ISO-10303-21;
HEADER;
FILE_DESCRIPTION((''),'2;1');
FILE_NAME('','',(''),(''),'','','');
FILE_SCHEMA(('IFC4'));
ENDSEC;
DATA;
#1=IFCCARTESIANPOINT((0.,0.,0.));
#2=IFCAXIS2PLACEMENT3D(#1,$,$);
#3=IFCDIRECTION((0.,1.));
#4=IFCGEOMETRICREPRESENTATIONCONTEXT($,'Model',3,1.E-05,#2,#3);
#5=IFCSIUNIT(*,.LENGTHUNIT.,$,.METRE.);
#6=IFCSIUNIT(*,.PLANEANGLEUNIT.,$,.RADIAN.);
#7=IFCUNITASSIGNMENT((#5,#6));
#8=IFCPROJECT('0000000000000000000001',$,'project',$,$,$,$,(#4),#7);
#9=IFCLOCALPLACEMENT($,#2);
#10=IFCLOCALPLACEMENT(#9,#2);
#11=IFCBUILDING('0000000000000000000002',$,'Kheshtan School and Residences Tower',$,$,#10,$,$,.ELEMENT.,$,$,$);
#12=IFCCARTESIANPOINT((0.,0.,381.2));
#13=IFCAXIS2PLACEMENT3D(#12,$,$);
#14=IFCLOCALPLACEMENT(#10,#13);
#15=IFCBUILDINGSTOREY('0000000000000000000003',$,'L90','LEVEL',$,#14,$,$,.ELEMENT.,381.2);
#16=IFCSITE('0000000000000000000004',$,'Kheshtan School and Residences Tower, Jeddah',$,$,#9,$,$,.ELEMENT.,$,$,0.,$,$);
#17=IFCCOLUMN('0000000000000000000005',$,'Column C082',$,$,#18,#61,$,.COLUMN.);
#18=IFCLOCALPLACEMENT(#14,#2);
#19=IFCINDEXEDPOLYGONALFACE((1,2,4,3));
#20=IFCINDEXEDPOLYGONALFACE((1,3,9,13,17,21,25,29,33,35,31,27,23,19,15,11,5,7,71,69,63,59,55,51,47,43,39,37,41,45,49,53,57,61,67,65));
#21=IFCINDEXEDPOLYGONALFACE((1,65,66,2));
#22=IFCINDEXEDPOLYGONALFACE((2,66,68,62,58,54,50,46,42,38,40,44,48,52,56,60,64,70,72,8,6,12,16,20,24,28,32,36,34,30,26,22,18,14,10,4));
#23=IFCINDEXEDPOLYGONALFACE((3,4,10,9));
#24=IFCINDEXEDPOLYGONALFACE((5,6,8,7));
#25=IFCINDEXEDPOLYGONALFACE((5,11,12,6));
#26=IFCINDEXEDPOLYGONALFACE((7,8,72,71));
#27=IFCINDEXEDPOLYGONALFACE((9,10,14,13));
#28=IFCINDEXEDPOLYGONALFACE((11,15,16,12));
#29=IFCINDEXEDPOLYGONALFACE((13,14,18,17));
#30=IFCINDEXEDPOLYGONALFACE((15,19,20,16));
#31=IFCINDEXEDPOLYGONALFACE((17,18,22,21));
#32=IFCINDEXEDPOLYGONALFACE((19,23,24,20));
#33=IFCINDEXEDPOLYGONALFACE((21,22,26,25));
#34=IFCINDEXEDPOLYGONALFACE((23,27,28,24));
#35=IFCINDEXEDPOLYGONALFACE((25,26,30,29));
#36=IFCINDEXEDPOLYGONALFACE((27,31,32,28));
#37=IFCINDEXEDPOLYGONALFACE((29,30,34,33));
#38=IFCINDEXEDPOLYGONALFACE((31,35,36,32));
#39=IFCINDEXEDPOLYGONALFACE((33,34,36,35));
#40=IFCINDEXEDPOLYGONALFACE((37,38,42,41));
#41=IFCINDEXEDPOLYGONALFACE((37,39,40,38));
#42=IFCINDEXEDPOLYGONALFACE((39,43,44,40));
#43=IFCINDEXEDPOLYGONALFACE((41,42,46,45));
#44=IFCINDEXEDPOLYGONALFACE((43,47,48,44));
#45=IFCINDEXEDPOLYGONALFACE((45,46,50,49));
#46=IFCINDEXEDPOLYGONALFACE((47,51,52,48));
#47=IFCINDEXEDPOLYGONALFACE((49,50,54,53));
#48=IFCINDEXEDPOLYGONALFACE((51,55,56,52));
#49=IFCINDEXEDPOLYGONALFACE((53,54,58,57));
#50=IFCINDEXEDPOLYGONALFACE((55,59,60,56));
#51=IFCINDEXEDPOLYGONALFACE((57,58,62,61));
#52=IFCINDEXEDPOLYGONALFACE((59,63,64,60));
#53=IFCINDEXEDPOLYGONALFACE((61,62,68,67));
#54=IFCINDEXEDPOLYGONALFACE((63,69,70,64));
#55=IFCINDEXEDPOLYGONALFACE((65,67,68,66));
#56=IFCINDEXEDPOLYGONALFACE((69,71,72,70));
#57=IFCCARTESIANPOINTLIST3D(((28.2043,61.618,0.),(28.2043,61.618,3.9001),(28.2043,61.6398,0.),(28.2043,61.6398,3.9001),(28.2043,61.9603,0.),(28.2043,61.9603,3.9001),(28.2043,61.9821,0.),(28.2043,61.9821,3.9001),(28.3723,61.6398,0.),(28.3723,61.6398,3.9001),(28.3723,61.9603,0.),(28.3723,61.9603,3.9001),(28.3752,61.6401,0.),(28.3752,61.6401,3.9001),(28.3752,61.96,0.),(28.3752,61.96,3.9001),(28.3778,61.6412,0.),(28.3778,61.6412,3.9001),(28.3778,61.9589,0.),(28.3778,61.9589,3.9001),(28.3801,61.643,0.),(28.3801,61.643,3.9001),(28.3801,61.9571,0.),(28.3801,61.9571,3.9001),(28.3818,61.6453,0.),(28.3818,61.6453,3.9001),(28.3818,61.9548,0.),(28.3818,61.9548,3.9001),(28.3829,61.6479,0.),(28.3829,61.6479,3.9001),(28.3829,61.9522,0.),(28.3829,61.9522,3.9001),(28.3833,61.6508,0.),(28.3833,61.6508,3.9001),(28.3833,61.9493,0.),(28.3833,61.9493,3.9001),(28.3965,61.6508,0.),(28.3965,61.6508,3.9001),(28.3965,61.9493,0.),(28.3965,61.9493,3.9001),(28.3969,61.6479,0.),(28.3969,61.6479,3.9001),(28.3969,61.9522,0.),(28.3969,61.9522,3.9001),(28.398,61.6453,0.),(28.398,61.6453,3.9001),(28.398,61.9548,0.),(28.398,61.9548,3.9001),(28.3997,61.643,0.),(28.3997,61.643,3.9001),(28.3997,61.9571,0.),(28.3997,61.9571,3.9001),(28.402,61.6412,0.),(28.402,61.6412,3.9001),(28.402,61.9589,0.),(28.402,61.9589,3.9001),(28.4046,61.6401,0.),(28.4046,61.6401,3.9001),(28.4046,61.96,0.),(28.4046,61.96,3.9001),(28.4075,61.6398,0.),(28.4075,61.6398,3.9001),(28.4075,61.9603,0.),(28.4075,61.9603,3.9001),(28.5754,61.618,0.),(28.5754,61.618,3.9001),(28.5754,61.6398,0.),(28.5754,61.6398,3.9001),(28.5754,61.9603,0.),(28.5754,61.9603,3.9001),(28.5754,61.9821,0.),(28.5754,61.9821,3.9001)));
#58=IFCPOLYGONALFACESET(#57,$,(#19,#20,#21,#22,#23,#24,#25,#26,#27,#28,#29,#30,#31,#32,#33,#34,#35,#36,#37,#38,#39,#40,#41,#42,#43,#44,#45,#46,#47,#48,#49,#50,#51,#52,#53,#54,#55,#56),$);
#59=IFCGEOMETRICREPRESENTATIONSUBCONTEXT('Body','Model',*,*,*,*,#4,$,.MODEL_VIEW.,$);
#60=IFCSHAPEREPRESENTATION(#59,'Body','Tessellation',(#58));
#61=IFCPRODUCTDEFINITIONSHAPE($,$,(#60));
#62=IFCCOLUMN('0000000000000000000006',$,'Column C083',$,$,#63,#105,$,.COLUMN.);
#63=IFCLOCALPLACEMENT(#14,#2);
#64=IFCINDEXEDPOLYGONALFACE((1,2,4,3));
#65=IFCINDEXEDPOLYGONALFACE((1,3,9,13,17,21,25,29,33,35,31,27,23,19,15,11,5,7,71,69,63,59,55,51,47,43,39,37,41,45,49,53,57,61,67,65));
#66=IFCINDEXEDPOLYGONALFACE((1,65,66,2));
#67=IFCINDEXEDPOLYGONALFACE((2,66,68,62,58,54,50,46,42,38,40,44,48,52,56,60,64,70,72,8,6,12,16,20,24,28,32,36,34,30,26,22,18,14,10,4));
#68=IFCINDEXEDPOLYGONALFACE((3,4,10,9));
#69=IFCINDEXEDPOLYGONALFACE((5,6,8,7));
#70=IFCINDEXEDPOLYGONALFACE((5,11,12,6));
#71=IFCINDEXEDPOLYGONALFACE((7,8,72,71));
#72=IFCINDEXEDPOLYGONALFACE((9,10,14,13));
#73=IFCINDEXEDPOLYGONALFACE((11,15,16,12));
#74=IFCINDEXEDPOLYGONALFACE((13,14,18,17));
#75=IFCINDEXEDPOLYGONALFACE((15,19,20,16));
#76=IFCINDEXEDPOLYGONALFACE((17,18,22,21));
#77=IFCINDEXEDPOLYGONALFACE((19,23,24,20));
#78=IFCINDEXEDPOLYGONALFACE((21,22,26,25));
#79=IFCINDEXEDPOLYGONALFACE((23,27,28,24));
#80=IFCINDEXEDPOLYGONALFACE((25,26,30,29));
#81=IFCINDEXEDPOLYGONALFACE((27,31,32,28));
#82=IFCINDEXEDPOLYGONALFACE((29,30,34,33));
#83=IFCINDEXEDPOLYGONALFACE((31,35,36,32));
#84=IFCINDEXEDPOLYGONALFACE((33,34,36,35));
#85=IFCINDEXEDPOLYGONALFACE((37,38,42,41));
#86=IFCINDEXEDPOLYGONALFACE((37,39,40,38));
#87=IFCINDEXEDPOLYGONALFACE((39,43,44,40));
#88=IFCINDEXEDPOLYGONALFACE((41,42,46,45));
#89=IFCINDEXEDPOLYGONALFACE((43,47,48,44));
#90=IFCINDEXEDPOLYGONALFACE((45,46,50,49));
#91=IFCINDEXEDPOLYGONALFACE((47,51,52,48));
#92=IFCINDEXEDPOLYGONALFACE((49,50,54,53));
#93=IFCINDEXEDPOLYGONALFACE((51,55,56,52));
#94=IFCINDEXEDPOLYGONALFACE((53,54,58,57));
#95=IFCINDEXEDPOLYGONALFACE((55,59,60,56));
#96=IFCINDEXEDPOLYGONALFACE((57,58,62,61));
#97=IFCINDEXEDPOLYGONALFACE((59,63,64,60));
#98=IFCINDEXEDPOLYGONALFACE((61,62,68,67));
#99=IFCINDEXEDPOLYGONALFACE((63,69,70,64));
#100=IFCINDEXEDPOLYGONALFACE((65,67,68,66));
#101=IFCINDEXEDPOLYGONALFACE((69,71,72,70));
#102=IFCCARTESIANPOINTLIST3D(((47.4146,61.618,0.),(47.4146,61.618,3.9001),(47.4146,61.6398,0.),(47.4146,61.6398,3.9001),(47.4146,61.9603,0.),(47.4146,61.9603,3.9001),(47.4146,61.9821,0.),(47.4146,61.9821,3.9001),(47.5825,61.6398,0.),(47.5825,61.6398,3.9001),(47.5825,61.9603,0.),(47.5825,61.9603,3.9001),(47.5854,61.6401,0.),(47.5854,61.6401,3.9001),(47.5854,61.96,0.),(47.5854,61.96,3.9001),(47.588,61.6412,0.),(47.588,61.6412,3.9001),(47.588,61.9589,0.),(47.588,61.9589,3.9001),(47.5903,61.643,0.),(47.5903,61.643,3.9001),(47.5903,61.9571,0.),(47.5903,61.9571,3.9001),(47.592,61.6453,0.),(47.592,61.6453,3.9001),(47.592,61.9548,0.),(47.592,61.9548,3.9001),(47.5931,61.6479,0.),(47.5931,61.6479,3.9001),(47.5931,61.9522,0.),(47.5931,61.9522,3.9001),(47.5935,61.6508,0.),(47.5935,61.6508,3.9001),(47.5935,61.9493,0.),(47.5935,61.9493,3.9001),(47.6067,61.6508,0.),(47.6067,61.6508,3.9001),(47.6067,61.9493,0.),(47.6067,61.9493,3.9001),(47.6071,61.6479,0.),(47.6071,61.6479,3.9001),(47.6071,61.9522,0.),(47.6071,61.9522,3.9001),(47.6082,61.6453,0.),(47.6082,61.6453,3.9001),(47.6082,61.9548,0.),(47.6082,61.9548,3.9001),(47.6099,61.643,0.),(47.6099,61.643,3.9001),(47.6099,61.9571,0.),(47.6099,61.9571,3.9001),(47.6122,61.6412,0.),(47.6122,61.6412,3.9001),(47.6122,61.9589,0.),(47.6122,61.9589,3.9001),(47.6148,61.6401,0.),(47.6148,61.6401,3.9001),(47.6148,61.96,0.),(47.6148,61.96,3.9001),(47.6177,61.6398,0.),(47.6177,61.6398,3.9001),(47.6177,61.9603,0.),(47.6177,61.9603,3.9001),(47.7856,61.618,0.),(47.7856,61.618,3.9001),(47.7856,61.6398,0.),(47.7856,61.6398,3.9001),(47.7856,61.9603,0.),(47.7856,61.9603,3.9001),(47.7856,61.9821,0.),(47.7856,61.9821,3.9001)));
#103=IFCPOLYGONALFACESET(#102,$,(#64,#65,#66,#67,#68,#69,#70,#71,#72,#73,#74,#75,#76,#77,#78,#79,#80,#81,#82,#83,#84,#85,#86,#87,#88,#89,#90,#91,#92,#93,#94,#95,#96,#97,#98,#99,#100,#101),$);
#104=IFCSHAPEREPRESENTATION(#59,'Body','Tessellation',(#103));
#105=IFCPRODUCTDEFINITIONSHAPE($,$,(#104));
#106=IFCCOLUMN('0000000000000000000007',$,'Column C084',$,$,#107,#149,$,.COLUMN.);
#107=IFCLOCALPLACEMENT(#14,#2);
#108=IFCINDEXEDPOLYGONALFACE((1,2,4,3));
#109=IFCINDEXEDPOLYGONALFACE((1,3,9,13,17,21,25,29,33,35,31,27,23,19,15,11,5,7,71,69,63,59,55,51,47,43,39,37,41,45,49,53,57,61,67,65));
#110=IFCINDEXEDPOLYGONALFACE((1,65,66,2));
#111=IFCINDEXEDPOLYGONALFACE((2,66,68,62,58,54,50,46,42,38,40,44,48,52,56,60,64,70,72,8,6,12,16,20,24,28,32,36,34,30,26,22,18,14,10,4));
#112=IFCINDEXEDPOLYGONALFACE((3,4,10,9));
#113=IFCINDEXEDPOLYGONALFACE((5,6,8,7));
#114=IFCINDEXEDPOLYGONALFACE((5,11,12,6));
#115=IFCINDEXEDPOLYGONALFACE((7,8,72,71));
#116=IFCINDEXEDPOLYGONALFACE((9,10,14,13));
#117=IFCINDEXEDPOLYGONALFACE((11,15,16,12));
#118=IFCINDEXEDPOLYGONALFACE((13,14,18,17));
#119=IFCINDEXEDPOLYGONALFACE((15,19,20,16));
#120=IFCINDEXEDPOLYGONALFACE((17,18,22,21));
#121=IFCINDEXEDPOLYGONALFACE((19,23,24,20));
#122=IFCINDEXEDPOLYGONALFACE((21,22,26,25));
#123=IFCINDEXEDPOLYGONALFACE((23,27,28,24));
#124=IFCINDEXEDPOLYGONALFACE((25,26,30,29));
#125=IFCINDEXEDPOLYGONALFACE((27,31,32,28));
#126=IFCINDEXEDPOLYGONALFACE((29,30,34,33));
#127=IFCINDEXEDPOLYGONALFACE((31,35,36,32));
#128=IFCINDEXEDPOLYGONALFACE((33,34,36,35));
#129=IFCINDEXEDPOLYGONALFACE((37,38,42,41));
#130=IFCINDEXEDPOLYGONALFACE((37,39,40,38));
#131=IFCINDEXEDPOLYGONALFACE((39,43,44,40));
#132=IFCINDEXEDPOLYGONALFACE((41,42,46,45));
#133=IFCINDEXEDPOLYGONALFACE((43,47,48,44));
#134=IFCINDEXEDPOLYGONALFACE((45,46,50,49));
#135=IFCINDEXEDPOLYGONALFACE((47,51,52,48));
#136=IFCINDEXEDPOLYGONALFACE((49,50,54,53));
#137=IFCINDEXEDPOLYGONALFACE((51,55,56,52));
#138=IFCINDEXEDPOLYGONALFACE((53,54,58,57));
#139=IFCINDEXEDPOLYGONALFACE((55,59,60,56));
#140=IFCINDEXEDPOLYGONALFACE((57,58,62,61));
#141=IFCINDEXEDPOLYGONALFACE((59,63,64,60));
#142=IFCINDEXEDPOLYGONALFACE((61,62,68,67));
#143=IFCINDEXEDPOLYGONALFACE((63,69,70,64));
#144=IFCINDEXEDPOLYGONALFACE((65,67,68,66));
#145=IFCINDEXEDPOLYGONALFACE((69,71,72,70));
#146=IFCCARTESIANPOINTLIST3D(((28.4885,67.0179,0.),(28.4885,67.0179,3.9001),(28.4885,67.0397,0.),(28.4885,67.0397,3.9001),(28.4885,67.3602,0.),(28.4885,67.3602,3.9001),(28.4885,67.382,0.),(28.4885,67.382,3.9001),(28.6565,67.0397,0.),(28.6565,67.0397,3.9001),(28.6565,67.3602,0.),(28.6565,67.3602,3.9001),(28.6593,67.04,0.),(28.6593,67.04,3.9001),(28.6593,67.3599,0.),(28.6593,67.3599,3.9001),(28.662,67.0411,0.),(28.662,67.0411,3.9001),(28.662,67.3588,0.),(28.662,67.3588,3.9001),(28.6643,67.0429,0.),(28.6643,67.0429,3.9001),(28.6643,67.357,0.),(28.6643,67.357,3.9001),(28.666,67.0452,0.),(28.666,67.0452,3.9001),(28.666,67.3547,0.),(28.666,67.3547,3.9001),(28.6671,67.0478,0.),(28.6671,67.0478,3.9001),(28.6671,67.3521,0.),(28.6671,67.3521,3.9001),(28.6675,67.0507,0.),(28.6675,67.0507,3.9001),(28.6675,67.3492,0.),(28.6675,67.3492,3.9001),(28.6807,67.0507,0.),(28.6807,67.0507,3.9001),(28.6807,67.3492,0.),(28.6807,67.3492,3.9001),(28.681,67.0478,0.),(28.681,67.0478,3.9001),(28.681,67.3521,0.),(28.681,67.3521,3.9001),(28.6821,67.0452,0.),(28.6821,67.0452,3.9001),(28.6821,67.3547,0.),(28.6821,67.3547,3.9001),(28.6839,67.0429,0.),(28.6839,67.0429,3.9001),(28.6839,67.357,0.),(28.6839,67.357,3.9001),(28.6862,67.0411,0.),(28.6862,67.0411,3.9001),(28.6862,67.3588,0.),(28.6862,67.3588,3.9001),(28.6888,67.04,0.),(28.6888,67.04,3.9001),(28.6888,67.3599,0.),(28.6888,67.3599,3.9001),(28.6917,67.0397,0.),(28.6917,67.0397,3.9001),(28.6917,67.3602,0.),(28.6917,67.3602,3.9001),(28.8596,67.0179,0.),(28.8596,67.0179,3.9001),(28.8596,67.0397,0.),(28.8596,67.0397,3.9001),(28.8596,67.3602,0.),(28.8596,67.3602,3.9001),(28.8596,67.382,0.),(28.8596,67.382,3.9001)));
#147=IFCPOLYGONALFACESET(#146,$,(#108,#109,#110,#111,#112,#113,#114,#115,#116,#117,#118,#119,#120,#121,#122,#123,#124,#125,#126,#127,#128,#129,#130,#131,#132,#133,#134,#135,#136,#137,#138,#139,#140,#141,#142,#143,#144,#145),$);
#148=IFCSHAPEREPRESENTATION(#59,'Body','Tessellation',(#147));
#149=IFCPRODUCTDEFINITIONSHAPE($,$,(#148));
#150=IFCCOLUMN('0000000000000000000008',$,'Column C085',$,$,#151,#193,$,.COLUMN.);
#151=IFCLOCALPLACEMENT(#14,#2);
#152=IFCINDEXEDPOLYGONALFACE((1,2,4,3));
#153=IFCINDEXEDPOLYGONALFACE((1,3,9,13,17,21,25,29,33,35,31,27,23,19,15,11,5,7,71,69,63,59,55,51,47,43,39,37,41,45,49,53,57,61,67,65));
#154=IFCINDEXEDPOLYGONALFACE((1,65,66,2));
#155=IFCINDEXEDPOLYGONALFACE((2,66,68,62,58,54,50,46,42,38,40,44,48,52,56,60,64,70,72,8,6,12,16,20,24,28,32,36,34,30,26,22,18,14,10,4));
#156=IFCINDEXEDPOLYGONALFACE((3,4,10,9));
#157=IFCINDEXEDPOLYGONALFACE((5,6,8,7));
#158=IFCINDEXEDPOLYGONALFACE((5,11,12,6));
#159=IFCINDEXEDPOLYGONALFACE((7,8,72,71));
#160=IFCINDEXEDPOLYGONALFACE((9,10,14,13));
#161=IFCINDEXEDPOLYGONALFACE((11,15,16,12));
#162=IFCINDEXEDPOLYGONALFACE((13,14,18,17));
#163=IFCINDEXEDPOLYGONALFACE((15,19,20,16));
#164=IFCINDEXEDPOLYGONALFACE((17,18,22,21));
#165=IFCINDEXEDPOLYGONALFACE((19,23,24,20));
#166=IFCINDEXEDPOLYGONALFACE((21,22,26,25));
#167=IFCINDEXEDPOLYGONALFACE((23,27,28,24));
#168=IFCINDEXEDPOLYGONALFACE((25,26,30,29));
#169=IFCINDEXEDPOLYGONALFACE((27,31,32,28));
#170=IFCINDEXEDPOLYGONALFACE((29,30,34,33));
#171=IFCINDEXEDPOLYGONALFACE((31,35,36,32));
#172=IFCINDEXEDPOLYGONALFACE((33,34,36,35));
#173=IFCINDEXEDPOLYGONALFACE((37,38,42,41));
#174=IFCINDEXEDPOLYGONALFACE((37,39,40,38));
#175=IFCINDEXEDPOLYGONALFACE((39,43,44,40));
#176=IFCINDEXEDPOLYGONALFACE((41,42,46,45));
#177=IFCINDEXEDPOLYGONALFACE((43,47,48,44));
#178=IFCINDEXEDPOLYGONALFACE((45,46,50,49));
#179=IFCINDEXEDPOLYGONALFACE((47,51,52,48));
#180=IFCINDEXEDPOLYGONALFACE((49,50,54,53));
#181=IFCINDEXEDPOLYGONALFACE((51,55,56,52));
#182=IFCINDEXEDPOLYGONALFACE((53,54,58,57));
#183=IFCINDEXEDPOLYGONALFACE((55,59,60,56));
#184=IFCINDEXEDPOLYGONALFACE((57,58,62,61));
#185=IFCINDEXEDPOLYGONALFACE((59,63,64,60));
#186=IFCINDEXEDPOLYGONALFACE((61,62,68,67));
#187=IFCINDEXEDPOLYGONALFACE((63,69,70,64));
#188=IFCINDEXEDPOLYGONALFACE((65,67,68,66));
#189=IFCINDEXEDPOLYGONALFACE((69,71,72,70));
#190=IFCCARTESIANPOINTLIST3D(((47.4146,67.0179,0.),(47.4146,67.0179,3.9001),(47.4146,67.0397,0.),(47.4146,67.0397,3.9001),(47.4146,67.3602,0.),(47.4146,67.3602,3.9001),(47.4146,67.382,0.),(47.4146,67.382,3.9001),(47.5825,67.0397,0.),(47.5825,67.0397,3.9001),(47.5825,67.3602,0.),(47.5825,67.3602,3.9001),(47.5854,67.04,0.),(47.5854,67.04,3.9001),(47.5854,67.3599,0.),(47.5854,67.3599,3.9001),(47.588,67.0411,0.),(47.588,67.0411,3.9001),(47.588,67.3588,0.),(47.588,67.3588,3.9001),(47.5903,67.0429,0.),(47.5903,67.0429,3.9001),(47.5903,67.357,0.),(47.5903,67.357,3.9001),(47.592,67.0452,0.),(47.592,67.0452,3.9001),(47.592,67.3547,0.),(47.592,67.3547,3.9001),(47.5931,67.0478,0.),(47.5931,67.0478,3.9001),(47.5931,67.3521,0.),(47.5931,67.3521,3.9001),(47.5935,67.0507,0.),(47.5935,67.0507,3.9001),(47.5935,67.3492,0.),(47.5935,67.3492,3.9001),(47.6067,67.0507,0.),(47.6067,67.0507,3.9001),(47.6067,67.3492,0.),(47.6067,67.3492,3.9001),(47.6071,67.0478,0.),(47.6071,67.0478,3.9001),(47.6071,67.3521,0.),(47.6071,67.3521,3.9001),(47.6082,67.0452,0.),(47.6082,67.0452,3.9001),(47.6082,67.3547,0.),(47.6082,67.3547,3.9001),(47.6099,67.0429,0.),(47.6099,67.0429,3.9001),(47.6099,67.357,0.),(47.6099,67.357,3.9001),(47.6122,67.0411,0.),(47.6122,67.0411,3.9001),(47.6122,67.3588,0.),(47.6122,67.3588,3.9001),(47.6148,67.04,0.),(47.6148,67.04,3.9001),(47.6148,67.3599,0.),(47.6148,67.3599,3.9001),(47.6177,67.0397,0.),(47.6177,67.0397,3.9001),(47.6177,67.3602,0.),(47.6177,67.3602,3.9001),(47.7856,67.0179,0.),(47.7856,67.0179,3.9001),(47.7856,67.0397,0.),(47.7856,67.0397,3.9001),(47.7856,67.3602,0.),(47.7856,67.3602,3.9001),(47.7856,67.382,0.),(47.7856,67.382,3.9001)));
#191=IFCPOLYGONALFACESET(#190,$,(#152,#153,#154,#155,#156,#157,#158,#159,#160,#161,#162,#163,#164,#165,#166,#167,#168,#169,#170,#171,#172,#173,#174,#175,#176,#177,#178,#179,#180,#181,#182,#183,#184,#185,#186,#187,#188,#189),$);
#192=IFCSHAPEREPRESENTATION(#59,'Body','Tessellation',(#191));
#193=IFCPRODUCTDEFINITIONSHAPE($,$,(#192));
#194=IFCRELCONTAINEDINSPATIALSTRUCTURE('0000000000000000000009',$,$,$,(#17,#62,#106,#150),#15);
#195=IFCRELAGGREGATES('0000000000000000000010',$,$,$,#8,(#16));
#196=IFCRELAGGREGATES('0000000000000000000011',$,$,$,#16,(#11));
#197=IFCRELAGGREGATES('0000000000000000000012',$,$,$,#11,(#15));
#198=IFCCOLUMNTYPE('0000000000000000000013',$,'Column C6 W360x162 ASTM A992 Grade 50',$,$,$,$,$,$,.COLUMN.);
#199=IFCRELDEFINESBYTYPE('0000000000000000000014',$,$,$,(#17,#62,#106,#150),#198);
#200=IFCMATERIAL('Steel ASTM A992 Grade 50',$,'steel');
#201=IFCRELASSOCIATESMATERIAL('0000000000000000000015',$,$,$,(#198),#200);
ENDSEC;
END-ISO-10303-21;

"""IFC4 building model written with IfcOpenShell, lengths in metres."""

from ifc_helpers import new_model, si_unit, direction, frame, origin, origin_2d, place, context, subcontext, project, spatial, i_section, extrude, material, material_profile, profile_set, type_object, element, save


model = new_model("IFC4")

# Units and contexts
model_context = context("Model", 3, precision=1e-05, world=origin(), true_north=direction((0.0, 1.0)))
body_context = subcontext(model_context, "Body", "Model", "MODEL_VIEW")
ifc_project = project(units=[si_unit("LENGTHUNIT", "METRE"), si_unit("PLANEANGLEUNIT", "RADIAN")], contexts=[model_context])

# Site, building, storey
site_placement = place(None, origin())
site = spatial("IfcSite", under=ifc_project, at=site_placement, Name="Kheshtan School and Residences Tower, Jeddah", CompositionType="ELEMENT", RefElevation=0.0)
building_placement = place(site_placement, origin())
building = spatial("IfcBuilding", under=site, at=building_placement, Name="Kheshtan School and Residences Tower", CompositionType="ELEMENT")
storey_placement = place(building_placement, frame((0.0, 0.0, 381.2)))
storey = spatial("IfcBuildingStorey", under=building, at=storey_placement, Name="L90", Description="LEVEL", CompositionType="ELEMENT", Elevation=381.2)

# Columns
ifc_material_1 = material(Name="Steel ASTM A992 Grade 50", Category="steel")
ifc_material_profile_1 = material_profile(ifc_material_1, i_section(OverallWidth=0.3711, OverallDepth=0.364, WebThickness=0.0132, FlangeThickness=0.0217, FilletRadius=0.011, at=origin_2d()), Name="W360x162")
ifc_profile_set_1 = profile_set([ifc_material_profile_1], Name="Steel ASTM A992 Grade 50")
column_type = type_object("IfcColumnType", Name="Column C6 W360x162 ASTM A992 Grade 50", PredefinedType="COLUMN", material=ifc_profile_set_1)
for number, where, z_axis, x_axis, name in (
    (1, (28.3899, 61.8, 0.0), (0.0, 0.0, 1.0), (1.0, 0.0, 0.0), "Column C082"),
    (2, (47.6001, 61.8, 0.0), (0.0, 0.0, 1.0), (1.0, 0.0, 0.0), "Column C083"),
    (3, (28.6741, 67.2, 0.0), (0.0, 0.0, 1.0), (1.0, 0.0, 0.0), "Column C084"),
    (4, (47.6001, 67.2, 0.0), (0.0, 0.0, 1.0), (1.0, 0.0, 0.0), "Column C085"),
):
    element("IfcColumn", number, at=place(storey_placement, frame(where, z_axis=z_axis, x_axis=x_axis)), inside=storey, type_object=column_type, Name=name, PredefinedType="COLUMN", context=body_context, shape_type="SweptSolid", body=[
        extrude(i_section(OverallWidth=0.3711, OverallDepth=0.364, WebThickness=0.0132, FlangeThickness=0.0217, FilletRadius=0.011, at=origin_2d()), origin(), (0.0, 0.0, 1.0), 3.9001),
    ])

save(model, "model.ifc")
